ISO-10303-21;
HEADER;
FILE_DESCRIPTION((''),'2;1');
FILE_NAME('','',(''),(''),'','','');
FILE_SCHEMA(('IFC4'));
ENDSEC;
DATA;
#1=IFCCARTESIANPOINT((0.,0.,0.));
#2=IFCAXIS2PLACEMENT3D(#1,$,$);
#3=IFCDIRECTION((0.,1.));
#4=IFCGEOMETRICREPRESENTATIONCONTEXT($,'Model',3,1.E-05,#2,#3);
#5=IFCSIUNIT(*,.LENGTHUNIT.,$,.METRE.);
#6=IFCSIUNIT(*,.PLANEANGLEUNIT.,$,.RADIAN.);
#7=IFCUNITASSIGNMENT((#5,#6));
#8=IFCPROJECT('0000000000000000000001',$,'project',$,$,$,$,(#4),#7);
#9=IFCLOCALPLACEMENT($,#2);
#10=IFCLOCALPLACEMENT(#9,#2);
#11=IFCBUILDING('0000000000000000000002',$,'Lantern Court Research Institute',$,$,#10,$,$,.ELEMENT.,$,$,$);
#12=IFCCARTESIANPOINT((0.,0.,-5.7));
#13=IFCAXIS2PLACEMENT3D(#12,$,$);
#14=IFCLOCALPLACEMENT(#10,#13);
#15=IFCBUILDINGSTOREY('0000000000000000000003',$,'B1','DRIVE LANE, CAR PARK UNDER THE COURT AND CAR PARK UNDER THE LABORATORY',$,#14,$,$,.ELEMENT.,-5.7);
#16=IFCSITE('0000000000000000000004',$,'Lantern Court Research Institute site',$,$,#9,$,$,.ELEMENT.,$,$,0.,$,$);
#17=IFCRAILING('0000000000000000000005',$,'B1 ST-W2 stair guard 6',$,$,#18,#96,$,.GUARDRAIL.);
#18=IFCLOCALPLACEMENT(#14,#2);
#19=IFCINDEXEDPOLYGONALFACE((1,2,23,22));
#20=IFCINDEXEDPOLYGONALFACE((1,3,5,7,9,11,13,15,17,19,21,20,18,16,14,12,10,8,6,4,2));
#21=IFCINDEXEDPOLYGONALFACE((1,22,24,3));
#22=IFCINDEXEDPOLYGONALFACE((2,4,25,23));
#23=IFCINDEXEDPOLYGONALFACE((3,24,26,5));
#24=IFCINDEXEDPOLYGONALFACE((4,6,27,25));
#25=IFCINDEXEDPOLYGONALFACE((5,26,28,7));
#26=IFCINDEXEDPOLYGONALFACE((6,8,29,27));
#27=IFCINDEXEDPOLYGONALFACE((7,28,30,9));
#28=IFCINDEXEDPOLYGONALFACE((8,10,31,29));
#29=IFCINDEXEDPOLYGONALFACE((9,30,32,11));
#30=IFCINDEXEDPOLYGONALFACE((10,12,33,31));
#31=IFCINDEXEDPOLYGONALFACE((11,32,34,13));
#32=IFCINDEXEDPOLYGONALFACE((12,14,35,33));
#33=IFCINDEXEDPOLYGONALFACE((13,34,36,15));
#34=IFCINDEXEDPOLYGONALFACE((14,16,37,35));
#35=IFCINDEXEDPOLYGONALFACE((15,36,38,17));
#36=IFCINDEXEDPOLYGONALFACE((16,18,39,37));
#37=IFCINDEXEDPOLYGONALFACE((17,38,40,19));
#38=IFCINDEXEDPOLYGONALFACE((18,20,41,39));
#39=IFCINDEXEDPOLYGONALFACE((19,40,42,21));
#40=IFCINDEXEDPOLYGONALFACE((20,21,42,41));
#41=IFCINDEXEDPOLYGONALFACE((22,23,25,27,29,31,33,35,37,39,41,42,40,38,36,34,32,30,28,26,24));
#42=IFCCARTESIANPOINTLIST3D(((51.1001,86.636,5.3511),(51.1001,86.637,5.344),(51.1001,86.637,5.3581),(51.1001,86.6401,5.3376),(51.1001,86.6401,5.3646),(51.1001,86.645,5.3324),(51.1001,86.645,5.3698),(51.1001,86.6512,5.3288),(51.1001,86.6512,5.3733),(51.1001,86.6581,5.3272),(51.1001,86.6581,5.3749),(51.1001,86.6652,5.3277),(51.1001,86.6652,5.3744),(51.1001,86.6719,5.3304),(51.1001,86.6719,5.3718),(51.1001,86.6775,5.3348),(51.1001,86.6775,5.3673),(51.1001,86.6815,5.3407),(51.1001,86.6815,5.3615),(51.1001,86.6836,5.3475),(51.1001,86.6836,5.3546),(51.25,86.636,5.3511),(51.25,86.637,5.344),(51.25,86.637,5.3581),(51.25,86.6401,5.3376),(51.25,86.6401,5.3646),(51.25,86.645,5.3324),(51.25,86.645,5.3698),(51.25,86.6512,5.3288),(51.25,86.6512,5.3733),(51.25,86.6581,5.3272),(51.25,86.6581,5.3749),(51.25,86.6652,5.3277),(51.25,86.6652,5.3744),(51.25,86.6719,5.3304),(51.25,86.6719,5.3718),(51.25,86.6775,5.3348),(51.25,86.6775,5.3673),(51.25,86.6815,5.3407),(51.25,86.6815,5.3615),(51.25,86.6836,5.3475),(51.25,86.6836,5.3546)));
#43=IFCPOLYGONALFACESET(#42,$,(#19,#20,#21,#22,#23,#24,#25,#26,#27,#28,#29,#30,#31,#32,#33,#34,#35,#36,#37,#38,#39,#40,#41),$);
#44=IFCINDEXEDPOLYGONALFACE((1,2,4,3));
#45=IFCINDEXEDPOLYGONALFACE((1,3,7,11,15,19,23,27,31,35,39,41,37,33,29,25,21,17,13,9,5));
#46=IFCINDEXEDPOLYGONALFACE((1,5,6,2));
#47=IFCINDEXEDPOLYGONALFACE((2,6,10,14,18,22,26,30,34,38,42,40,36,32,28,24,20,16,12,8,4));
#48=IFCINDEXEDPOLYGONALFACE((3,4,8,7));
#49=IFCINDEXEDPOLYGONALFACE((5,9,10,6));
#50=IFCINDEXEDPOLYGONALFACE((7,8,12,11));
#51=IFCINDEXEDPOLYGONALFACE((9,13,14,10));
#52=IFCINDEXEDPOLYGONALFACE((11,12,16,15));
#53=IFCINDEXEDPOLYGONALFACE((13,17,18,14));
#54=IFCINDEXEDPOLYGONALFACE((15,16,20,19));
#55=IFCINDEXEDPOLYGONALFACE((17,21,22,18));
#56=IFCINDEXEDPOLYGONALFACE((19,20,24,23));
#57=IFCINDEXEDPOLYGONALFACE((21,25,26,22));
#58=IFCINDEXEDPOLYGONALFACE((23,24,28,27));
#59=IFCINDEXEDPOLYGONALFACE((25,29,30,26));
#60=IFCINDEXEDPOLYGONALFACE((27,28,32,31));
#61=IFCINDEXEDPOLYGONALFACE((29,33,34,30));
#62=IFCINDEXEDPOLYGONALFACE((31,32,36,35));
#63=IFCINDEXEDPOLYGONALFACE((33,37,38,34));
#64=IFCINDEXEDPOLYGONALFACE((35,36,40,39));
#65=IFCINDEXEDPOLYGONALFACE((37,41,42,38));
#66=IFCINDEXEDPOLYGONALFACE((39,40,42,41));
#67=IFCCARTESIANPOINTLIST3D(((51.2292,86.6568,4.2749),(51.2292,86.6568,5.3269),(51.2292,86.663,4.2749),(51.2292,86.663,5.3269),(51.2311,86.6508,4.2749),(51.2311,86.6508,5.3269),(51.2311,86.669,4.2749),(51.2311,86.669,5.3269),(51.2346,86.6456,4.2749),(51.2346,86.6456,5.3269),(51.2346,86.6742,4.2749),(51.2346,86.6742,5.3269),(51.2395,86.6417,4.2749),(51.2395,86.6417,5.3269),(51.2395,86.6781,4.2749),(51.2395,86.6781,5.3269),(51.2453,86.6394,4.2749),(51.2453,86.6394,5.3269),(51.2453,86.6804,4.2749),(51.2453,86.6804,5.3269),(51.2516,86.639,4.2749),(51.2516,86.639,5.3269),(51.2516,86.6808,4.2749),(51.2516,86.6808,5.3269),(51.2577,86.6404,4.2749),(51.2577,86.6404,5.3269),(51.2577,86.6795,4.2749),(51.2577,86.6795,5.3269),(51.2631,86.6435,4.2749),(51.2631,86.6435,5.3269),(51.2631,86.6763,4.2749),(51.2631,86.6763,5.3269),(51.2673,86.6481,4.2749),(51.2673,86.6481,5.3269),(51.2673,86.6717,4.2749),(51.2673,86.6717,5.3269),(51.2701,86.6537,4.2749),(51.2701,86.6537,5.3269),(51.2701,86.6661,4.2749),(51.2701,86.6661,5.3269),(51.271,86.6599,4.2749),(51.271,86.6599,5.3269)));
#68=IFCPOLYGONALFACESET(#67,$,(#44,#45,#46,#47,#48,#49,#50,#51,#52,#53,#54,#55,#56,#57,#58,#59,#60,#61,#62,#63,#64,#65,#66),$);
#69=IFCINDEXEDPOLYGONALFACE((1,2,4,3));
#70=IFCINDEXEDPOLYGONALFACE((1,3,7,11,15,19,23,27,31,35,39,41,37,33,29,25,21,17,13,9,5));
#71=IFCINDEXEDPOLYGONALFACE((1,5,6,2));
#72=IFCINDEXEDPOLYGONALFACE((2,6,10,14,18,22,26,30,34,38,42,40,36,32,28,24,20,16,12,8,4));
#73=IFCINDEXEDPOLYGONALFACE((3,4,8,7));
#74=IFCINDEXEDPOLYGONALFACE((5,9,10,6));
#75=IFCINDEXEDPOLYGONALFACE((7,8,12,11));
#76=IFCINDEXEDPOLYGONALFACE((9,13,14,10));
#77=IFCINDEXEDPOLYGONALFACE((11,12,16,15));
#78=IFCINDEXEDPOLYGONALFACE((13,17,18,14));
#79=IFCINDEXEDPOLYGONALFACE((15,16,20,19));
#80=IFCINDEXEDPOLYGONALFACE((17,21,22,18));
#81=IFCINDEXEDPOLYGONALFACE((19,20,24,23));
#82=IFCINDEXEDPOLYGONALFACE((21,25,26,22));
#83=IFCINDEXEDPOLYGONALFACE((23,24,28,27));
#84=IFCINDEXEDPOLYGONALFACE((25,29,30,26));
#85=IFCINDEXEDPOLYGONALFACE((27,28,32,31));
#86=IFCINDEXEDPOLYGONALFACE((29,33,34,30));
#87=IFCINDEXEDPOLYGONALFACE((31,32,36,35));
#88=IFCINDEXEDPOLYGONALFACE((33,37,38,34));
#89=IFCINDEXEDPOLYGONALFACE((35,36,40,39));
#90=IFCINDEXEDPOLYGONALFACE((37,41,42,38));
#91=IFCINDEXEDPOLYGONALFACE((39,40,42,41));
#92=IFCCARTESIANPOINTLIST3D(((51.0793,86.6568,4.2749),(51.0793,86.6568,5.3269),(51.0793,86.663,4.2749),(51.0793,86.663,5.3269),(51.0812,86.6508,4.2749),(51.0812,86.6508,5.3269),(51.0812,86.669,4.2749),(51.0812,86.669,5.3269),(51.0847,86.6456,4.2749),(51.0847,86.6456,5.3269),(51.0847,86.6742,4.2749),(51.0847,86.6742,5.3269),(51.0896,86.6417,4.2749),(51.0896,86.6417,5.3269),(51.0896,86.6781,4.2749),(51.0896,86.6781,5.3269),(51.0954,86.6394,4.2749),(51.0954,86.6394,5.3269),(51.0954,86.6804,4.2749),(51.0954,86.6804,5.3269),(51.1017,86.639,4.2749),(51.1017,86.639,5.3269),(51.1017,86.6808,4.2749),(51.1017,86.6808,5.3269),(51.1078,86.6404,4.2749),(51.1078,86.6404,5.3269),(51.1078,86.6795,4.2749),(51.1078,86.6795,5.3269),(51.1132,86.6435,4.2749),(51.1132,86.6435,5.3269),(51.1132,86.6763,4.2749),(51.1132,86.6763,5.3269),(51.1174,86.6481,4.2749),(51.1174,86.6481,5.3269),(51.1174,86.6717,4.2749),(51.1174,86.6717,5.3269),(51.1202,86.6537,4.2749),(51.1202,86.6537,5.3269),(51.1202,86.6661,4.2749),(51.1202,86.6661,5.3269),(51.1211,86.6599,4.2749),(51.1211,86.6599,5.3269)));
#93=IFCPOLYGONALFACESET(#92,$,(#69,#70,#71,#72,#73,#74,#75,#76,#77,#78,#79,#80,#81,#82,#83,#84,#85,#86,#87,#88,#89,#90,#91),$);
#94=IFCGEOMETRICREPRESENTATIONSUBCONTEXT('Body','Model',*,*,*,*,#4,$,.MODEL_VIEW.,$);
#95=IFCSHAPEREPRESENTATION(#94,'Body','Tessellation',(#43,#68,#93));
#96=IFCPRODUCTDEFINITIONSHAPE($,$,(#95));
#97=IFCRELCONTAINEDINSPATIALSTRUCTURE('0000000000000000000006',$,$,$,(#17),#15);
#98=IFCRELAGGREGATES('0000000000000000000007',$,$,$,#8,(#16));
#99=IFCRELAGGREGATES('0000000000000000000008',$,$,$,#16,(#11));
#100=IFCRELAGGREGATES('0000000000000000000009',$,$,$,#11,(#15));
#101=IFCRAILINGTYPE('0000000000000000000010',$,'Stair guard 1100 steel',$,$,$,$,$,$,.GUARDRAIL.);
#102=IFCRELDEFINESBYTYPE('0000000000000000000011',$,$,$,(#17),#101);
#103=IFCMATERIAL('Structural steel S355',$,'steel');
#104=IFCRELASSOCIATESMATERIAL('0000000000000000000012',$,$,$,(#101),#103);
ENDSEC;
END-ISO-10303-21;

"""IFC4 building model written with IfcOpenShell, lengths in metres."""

from ifc_helpers import new_model, si_unit, direction, frame, origin, origin_2d, place, context, subcontext, project, spatial, circle, extrude, material, type_object, element, save


model = new_model("IFC4")

# Units and contexts
model_context = context("Model", 3, precision=1e-05, world=origin(), true_north=direction((0.0, 1.0)))
body_context = subcontext(model_context, "Body", "Model", "MODEL_VIEW")
ifc_project = project(units=[si_unit("LENGTHUNIT", "METRE"), si_unit("PLANEANGLEUNIT", "RADIAN")], contexts=[model_context])

# Site, building, storey
site_placement = place(None, origin())
site = spatial("IfcSite", under=ifc_project, at=site_placement, Name="Lantern Court Research Institute site", CompositionType="ELEMENT", RefElevation=0.0)
building_placement = place(site_placement, origin())
building = spatial("IfcBuilding", under=site, at=building_placement, Name="Lantern Court Research Institute", CompositionType="ELEMENT")
storey_placement = place(building_placement, frame((0.0, 0.0, -5.7)))
storey = spatial("IfcBuildingStorey", under=building, at=storey_placement, Name="B1", Description="DRIVE LANE, CAR PARK UNDER THE COURT AND CAR PARK UNDER THE LABORATORY", CompositionType="ELEMENT", Elevation=-5.7)

# Railing
ifc_material_1 = material(Name="Structural steel S355", Category="steel")
railing_type = type_object("IfcRailingType", Name="Stair guard 1100 steel", PredefinedType="GUARDRAIL", material=ifc_material_1)
railing_1_placement = place(storey_placement, frame((51.25, 86.6599, 4.2749)))
element("IfcRailing", 1, at=railing_1_placement, inside=storey, type_object=railing_type, Name="B1 ST-W2 stair guard 6", PredefinedType="GUARDRAIL", context=body_context, shape_type="SweptSolid", body=[
    extrude(circle(Radius=0.0239, at=origin_2d()), frame((0.0, 0.0, 1.0762), z_axis=(-1.0, 0.0, 0.0), x_axis=(0.0, -1.0, 0.0)), (0.0, 0.0, 1.0), 0.1499),
    extrude(circle(Radius=0.021, at=origin_2d()), origin(), (0.0, 0.0, 1.0), 1.052),
    extrude(circle(Radius=0.021, at=origin_2d()), frame((-0.1499, 0.0, 0.0)), (0.0, 0.0, 1.0), 1.052),
])

save(model, "model.ifc")
